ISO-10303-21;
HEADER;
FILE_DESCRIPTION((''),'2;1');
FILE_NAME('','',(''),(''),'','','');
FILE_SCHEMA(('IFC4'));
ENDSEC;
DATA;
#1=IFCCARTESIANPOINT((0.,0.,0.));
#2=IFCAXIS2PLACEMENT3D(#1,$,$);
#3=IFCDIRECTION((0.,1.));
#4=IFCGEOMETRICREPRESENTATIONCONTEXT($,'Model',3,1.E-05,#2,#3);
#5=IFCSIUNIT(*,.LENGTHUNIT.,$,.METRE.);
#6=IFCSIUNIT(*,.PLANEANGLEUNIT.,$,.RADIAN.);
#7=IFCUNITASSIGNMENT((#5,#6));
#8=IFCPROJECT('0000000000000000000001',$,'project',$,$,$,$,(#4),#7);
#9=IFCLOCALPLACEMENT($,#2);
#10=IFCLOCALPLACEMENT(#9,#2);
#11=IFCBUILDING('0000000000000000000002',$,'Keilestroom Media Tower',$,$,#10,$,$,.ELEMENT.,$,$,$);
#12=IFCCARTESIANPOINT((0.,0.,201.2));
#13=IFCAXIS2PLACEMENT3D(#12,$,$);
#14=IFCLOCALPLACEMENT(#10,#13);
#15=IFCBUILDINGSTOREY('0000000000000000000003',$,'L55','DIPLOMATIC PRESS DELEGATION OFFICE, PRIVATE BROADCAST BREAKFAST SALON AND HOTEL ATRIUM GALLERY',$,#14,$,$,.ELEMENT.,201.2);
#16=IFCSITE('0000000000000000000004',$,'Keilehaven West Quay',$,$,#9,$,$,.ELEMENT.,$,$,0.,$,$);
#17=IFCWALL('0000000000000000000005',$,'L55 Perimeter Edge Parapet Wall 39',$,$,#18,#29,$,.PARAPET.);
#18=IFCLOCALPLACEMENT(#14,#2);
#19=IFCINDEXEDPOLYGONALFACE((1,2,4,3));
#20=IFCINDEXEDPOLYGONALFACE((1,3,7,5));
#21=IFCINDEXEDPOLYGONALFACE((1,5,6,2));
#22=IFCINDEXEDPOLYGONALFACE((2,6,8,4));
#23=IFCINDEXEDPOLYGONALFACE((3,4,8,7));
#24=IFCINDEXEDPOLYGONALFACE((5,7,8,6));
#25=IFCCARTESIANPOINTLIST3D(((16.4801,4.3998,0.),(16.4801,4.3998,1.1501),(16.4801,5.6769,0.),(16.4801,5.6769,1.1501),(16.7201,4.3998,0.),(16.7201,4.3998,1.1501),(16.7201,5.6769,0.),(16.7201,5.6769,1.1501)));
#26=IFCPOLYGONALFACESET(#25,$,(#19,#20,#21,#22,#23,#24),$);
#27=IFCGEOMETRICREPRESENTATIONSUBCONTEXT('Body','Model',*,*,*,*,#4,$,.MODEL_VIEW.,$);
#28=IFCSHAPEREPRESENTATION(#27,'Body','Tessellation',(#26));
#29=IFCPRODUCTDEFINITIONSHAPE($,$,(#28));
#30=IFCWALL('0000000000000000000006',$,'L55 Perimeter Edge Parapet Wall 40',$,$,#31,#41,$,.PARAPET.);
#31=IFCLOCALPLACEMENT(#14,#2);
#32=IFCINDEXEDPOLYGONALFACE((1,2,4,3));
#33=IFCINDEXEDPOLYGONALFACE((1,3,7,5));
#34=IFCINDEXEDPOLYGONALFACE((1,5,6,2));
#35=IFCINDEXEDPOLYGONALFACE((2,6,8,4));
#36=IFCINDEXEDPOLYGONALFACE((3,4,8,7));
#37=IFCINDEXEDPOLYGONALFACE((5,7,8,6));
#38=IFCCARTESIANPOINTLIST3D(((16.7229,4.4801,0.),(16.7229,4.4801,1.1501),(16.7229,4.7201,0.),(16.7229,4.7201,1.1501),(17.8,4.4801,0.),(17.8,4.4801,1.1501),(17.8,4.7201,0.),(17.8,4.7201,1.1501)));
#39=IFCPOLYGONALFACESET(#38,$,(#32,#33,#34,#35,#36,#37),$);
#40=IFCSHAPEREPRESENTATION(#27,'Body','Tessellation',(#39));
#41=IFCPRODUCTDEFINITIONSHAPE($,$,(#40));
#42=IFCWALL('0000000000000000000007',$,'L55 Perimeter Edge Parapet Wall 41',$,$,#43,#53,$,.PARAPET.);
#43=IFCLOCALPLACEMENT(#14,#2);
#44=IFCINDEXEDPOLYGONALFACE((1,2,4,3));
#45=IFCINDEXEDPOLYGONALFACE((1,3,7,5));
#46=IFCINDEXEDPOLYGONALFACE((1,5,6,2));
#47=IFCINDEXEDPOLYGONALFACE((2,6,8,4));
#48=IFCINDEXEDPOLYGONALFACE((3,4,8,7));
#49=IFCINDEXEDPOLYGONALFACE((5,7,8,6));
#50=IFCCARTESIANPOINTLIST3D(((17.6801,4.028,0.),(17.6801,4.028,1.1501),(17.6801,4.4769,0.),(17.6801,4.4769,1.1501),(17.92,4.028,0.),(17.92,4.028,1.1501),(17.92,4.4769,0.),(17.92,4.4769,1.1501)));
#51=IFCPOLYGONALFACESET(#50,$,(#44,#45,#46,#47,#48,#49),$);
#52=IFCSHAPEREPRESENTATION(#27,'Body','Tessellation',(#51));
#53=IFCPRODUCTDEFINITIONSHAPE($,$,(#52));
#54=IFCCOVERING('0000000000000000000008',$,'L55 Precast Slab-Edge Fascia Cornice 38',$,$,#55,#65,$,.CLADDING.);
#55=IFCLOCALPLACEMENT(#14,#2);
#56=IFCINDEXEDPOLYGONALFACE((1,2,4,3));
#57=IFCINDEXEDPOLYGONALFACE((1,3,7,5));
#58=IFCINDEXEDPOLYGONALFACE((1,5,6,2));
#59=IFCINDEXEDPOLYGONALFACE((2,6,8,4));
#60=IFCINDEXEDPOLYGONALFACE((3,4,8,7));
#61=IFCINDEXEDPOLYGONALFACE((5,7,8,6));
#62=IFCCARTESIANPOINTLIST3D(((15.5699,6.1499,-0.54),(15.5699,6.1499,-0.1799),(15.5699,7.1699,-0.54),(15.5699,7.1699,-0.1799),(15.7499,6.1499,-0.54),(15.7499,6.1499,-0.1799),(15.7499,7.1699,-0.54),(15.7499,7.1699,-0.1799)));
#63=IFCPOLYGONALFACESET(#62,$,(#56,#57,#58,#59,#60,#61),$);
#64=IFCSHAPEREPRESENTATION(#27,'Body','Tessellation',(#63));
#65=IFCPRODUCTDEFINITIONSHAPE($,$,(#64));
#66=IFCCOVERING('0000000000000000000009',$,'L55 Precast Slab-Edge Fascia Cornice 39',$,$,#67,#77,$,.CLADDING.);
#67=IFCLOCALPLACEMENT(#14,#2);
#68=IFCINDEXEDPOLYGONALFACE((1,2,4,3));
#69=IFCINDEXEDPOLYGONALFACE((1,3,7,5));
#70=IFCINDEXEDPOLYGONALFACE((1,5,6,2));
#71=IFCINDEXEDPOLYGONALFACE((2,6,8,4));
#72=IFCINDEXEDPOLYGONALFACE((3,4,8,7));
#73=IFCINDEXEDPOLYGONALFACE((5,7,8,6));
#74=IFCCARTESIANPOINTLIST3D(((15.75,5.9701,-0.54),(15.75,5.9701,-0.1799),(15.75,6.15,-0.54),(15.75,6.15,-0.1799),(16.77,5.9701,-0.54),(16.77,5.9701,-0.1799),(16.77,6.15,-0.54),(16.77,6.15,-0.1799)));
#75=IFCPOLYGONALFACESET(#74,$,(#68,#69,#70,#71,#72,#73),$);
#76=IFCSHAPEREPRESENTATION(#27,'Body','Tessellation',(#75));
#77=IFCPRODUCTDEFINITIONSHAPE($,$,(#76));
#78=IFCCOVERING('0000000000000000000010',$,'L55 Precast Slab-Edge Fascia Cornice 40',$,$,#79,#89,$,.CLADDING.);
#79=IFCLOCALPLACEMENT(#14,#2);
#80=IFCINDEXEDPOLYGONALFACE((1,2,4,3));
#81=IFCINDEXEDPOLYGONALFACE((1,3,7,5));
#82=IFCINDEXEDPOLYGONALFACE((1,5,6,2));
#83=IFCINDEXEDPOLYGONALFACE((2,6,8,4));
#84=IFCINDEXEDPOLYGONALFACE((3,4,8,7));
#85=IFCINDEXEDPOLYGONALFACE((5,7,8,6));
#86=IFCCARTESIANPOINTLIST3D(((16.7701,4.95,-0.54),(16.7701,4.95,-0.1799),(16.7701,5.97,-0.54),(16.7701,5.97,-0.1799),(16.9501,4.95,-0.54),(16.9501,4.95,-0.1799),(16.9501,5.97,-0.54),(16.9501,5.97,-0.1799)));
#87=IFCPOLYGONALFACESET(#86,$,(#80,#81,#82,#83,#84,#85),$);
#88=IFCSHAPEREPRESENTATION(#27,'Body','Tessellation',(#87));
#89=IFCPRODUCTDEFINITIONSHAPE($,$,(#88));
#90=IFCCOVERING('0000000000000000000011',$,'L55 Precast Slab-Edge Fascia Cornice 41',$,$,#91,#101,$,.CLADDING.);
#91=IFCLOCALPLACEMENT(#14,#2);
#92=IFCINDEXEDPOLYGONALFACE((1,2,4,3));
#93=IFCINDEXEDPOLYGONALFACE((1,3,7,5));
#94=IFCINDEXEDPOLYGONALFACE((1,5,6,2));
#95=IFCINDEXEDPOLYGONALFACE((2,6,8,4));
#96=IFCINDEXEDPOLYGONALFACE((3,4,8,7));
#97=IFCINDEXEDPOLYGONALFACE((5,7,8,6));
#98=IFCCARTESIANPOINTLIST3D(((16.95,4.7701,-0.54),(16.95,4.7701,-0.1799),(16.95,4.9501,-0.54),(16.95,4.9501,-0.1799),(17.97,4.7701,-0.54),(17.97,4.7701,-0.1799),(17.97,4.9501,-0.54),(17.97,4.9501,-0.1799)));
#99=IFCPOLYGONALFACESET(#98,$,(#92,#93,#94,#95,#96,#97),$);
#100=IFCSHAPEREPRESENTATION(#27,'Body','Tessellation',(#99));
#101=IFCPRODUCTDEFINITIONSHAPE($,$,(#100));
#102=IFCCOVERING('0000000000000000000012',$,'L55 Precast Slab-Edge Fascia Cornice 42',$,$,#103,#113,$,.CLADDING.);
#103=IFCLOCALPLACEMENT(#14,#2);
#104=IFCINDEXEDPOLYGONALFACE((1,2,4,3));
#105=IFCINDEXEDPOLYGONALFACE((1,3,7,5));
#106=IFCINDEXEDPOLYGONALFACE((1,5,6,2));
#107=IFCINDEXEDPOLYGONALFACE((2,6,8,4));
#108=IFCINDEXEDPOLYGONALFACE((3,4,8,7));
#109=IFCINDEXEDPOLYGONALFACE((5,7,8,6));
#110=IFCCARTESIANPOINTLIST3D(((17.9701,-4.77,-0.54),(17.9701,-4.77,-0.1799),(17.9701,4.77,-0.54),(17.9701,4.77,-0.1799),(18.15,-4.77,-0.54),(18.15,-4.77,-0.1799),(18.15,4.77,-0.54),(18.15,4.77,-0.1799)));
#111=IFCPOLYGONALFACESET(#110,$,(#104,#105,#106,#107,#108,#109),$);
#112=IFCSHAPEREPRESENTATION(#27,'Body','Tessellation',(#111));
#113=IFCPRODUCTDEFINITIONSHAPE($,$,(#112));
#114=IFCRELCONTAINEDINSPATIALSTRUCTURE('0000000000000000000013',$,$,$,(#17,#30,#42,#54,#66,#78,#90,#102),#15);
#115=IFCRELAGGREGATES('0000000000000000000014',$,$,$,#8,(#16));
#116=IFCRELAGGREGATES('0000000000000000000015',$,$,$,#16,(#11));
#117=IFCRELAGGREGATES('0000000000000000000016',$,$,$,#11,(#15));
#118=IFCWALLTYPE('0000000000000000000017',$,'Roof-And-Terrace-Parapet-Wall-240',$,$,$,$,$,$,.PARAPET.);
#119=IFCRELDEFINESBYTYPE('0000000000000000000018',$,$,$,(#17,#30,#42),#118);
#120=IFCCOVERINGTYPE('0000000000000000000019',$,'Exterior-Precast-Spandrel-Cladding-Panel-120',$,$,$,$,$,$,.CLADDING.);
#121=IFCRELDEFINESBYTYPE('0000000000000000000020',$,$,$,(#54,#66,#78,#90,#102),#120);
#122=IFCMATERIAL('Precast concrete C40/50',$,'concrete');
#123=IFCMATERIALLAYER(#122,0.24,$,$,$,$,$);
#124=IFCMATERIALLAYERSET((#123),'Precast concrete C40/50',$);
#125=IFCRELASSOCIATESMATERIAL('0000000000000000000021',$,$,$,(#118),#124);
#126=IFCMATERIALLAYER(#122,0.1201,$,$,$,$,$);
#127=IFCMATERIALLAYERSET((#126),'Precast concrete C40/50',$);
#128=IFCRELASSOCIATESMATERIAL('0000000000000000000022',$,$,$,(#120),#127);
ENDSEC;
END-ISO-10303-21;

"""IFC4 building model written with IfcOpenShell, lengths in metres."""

from ifc_helpers import new_model, si_unit, direction, frame, frame_2d, origin, origin_2d, place, context, subcontext, project, spatial, rectangle, extrude, source, transform, mapped, material, layer, layer_set, type_object, element, save


model = new_model("IFC4")

# Units and contexts
model_context = context("Model", 3, precision=1e-05, world=origin(), true_north=direction((0.0, 1.0)))
body_context = subcontext(model_context, "Body", "Model", "MODEL_VIEW")
ifc_project = project(units=[si_unit("LENGTHUNIT", "METRE"), si_unit("PLANEANGLEUNIT", "RADIAN")], contexts=[model_context])

# Site, building, storey
site_placement = place(None, origin())
site = spatial("IfcSite", under=ifc_project, at=site_placement, Name="Keilehaven West Quay", CompositionType="ELEMENT", RefElevation=0.0)
building_placement = place(site_placement, origin())
building = spatial("IfcBuilding", under=site, at=building_placement, Name="Keilestroom Media Tower", CompositionType="ELEMENT")
storey_placement = place(building_placement, frame((0.0, 0.0, 201.2)))
storey = spatial("IfcBuildingStorey", under=building, at=storey_placement, Name="L55", Description="DIPLOMATIC PRESS DELEGATION OFFICE, PRIVATE BROADCAST BREAKFAST SALON AND HOTEL ATRIUM GALLERY", CompositionType="ELEMENT", Elevation=201.2)

# Shared definitions
ifc_material_1 = material(Name="Precast concrete C40/50", Category="concrete")

# Walls
ifc_layer_1 = layer(ifc_material_1, 0.24)
ifc_layer_set_1 = layer_set([ifc_layer_1], Name="Precast concrete C40/50")
wall_type_1 = type_object("IfcWallType", Name="Roof-And-Terrace-Parapet-Wall-240", PredefinedType="PARAPET", material=ifc_layer_set_1)
wall_1_placement = place(storey_placement, frame((16.6001, 5.677, 0.0), z_axis=(0.0, 0.0, 1.0), x_axis=(0.0, -1.0, 0.0)))
element("IfcWall", 1, at=wall_1_placement, inside=storey, type_object=wall_type_1, Name="L55 Perimeter Edge Parapet Wall 39", PredefinedType="PARAPET", context=body_context, shape_type="SweptSolid", body=[
    extrude(rectangle(XDim=1.2771, YDim=0.24, at=frame_2d((0.6387, 0.0))), origin(), (0.0, 0.0, 1.0), 1.1501),
])
wall_2_placement = place(storey_placement, frame((16.7229, 4.6001, 0.0), z_axis=(0.0, 0.0, 1.0), x_axis=(1.0, 0.0, 0.0)))
element("IfcWall", 2, at=wall_2_placement, inside=storey, type_object=wall_type_1, Name="L55 Perimeter Edge Parapet Wall 40", PredefinedType="PARAPET", context=body_context, shape_type="SweptSolid", body=[
    extrude(rectangle(XDim=1.0771, YDim=0.24, at=frame_2d((0.5386, 0.0))), origin(), (0.0, 0.0, 1.0), 1.1501),
])
wall_3_placement = place(storey_placement, frame((17.8, 4.4771, 0.0), z_axis=(0.0, 0.0, 1.0), x_axis=(0.0, -1.0, 0.0)))
element("IfcWall", 3, at=wall_3_placement, inside=storey, type_object=wall_type_1, Name="L55 Perimeter Edge Parapet Wall 41", PredefinedType="PARAPET", context=body_context, shape_type="SweptSolid", body=[
    extrude(rectangle(XDim=0.449, YDim=0.24, at=frame_2d((0.2246, 0.0))), origin(), (0.0, 0.0, 1.0), 1.1501),
])

# Coverings
ifc_layer_2 = layer(ifc_material_1, 0.1201)
ifc_layer_set_2 = layer_set([ifc_layer_2], Name="Precast concrete C40/50")
covering_type = type_object("IfcCoveringType", Name="Exterior-Precast-Spandrel-Cladding-Panel-120", PredefinedType="CLADDING", material=ifc_layer_set_2)
shared_shape_1 = source(origin(), body_context, "Body", "SweptSolid", [
    extrude(rectangle(XDim=1.02, YDim=0.1799, at=origin_2d()), origin(), (0.0, 0.0, 1.0), 0.3601),
])
for number, where, z_axis, x_axis, name in (
    (4, (15.6599, 6.6599, -0.54), (0.0, 0.0, 1.0), (0.0, -1.0, 0.0), "L55 Precast Slab-Edge Fascia Cornice 38"),
    (5, (16.26, 6.0601, -0.54), (0.0, 0.0, 1.0), (1.0, 0.0, 0.0), "L55 Precast Slab-Edge Fascia Cornice 39"),
    (6, (16.8601, 5.46, -0.54), (0.0, 0.0, 1.0), (0.0, -1.0, 0.0), "L55 Precast Slab-Edge Fascia Cornice 40"),
    (7, (17.46, 4.8601, -0.54), (0.0, 0.0, 1.0), (1.0, 0.0, 0.0), "L55 Precast Slab-Edge Fascia Cornice 41"),
):
    element("IfcCovering", number, at=place(storey_placement, frame(where, z_axis=z_axis, x_axis=x_axis)), inside=storey, type_object=covering_type, Name=name, PredefinedType="CLADDING", context=body_context, shape_type="MappedRepresentation", body=[
        mapped(shared_shape_1, transform((0.0, 0.0, 0.0), x_axis=(1.0, 0.0, 0.0), y_axis=(0.0, 1.0, 0.0), z_axis=(0.0, 0.0, 1.0), scale=1.0)),
    ])
shared_shape_2 = source(origin(), body_context, "Body", "SweptSolid", [
    extrude(rectangle(XDim=9.54, YDim=0.1799, at=origin_2d()), origin(), (0.0, 0.0, 1.0), 0.3601),
])
covering_placement = place(storey_placement, frame((18.0601, 0.0, -0.54), z_axis=(0.0, 0.0, 1.0), x_axis=(0.0, -1.0, 0.0)))
element("IfcCovering", 8, at=covering_placement, inside=storey, type_object=covering_type, Name="L55 Precast Slab-Edge Fascia Cornice 42", PredefinedType="CLADDING", context=body_context, shape_type="MappedRepresentation", body=[
    mapped(shared_shape_2, transform((0.0, 0.0, 0.0), x_axis=(1.0, 0.0, 0.0), y_axis=(0.0, 1.0, 0.0), z_axis=(0.0, 0.0, 1.0), scale=1.0)),
])

save(model, "model.ifc")
